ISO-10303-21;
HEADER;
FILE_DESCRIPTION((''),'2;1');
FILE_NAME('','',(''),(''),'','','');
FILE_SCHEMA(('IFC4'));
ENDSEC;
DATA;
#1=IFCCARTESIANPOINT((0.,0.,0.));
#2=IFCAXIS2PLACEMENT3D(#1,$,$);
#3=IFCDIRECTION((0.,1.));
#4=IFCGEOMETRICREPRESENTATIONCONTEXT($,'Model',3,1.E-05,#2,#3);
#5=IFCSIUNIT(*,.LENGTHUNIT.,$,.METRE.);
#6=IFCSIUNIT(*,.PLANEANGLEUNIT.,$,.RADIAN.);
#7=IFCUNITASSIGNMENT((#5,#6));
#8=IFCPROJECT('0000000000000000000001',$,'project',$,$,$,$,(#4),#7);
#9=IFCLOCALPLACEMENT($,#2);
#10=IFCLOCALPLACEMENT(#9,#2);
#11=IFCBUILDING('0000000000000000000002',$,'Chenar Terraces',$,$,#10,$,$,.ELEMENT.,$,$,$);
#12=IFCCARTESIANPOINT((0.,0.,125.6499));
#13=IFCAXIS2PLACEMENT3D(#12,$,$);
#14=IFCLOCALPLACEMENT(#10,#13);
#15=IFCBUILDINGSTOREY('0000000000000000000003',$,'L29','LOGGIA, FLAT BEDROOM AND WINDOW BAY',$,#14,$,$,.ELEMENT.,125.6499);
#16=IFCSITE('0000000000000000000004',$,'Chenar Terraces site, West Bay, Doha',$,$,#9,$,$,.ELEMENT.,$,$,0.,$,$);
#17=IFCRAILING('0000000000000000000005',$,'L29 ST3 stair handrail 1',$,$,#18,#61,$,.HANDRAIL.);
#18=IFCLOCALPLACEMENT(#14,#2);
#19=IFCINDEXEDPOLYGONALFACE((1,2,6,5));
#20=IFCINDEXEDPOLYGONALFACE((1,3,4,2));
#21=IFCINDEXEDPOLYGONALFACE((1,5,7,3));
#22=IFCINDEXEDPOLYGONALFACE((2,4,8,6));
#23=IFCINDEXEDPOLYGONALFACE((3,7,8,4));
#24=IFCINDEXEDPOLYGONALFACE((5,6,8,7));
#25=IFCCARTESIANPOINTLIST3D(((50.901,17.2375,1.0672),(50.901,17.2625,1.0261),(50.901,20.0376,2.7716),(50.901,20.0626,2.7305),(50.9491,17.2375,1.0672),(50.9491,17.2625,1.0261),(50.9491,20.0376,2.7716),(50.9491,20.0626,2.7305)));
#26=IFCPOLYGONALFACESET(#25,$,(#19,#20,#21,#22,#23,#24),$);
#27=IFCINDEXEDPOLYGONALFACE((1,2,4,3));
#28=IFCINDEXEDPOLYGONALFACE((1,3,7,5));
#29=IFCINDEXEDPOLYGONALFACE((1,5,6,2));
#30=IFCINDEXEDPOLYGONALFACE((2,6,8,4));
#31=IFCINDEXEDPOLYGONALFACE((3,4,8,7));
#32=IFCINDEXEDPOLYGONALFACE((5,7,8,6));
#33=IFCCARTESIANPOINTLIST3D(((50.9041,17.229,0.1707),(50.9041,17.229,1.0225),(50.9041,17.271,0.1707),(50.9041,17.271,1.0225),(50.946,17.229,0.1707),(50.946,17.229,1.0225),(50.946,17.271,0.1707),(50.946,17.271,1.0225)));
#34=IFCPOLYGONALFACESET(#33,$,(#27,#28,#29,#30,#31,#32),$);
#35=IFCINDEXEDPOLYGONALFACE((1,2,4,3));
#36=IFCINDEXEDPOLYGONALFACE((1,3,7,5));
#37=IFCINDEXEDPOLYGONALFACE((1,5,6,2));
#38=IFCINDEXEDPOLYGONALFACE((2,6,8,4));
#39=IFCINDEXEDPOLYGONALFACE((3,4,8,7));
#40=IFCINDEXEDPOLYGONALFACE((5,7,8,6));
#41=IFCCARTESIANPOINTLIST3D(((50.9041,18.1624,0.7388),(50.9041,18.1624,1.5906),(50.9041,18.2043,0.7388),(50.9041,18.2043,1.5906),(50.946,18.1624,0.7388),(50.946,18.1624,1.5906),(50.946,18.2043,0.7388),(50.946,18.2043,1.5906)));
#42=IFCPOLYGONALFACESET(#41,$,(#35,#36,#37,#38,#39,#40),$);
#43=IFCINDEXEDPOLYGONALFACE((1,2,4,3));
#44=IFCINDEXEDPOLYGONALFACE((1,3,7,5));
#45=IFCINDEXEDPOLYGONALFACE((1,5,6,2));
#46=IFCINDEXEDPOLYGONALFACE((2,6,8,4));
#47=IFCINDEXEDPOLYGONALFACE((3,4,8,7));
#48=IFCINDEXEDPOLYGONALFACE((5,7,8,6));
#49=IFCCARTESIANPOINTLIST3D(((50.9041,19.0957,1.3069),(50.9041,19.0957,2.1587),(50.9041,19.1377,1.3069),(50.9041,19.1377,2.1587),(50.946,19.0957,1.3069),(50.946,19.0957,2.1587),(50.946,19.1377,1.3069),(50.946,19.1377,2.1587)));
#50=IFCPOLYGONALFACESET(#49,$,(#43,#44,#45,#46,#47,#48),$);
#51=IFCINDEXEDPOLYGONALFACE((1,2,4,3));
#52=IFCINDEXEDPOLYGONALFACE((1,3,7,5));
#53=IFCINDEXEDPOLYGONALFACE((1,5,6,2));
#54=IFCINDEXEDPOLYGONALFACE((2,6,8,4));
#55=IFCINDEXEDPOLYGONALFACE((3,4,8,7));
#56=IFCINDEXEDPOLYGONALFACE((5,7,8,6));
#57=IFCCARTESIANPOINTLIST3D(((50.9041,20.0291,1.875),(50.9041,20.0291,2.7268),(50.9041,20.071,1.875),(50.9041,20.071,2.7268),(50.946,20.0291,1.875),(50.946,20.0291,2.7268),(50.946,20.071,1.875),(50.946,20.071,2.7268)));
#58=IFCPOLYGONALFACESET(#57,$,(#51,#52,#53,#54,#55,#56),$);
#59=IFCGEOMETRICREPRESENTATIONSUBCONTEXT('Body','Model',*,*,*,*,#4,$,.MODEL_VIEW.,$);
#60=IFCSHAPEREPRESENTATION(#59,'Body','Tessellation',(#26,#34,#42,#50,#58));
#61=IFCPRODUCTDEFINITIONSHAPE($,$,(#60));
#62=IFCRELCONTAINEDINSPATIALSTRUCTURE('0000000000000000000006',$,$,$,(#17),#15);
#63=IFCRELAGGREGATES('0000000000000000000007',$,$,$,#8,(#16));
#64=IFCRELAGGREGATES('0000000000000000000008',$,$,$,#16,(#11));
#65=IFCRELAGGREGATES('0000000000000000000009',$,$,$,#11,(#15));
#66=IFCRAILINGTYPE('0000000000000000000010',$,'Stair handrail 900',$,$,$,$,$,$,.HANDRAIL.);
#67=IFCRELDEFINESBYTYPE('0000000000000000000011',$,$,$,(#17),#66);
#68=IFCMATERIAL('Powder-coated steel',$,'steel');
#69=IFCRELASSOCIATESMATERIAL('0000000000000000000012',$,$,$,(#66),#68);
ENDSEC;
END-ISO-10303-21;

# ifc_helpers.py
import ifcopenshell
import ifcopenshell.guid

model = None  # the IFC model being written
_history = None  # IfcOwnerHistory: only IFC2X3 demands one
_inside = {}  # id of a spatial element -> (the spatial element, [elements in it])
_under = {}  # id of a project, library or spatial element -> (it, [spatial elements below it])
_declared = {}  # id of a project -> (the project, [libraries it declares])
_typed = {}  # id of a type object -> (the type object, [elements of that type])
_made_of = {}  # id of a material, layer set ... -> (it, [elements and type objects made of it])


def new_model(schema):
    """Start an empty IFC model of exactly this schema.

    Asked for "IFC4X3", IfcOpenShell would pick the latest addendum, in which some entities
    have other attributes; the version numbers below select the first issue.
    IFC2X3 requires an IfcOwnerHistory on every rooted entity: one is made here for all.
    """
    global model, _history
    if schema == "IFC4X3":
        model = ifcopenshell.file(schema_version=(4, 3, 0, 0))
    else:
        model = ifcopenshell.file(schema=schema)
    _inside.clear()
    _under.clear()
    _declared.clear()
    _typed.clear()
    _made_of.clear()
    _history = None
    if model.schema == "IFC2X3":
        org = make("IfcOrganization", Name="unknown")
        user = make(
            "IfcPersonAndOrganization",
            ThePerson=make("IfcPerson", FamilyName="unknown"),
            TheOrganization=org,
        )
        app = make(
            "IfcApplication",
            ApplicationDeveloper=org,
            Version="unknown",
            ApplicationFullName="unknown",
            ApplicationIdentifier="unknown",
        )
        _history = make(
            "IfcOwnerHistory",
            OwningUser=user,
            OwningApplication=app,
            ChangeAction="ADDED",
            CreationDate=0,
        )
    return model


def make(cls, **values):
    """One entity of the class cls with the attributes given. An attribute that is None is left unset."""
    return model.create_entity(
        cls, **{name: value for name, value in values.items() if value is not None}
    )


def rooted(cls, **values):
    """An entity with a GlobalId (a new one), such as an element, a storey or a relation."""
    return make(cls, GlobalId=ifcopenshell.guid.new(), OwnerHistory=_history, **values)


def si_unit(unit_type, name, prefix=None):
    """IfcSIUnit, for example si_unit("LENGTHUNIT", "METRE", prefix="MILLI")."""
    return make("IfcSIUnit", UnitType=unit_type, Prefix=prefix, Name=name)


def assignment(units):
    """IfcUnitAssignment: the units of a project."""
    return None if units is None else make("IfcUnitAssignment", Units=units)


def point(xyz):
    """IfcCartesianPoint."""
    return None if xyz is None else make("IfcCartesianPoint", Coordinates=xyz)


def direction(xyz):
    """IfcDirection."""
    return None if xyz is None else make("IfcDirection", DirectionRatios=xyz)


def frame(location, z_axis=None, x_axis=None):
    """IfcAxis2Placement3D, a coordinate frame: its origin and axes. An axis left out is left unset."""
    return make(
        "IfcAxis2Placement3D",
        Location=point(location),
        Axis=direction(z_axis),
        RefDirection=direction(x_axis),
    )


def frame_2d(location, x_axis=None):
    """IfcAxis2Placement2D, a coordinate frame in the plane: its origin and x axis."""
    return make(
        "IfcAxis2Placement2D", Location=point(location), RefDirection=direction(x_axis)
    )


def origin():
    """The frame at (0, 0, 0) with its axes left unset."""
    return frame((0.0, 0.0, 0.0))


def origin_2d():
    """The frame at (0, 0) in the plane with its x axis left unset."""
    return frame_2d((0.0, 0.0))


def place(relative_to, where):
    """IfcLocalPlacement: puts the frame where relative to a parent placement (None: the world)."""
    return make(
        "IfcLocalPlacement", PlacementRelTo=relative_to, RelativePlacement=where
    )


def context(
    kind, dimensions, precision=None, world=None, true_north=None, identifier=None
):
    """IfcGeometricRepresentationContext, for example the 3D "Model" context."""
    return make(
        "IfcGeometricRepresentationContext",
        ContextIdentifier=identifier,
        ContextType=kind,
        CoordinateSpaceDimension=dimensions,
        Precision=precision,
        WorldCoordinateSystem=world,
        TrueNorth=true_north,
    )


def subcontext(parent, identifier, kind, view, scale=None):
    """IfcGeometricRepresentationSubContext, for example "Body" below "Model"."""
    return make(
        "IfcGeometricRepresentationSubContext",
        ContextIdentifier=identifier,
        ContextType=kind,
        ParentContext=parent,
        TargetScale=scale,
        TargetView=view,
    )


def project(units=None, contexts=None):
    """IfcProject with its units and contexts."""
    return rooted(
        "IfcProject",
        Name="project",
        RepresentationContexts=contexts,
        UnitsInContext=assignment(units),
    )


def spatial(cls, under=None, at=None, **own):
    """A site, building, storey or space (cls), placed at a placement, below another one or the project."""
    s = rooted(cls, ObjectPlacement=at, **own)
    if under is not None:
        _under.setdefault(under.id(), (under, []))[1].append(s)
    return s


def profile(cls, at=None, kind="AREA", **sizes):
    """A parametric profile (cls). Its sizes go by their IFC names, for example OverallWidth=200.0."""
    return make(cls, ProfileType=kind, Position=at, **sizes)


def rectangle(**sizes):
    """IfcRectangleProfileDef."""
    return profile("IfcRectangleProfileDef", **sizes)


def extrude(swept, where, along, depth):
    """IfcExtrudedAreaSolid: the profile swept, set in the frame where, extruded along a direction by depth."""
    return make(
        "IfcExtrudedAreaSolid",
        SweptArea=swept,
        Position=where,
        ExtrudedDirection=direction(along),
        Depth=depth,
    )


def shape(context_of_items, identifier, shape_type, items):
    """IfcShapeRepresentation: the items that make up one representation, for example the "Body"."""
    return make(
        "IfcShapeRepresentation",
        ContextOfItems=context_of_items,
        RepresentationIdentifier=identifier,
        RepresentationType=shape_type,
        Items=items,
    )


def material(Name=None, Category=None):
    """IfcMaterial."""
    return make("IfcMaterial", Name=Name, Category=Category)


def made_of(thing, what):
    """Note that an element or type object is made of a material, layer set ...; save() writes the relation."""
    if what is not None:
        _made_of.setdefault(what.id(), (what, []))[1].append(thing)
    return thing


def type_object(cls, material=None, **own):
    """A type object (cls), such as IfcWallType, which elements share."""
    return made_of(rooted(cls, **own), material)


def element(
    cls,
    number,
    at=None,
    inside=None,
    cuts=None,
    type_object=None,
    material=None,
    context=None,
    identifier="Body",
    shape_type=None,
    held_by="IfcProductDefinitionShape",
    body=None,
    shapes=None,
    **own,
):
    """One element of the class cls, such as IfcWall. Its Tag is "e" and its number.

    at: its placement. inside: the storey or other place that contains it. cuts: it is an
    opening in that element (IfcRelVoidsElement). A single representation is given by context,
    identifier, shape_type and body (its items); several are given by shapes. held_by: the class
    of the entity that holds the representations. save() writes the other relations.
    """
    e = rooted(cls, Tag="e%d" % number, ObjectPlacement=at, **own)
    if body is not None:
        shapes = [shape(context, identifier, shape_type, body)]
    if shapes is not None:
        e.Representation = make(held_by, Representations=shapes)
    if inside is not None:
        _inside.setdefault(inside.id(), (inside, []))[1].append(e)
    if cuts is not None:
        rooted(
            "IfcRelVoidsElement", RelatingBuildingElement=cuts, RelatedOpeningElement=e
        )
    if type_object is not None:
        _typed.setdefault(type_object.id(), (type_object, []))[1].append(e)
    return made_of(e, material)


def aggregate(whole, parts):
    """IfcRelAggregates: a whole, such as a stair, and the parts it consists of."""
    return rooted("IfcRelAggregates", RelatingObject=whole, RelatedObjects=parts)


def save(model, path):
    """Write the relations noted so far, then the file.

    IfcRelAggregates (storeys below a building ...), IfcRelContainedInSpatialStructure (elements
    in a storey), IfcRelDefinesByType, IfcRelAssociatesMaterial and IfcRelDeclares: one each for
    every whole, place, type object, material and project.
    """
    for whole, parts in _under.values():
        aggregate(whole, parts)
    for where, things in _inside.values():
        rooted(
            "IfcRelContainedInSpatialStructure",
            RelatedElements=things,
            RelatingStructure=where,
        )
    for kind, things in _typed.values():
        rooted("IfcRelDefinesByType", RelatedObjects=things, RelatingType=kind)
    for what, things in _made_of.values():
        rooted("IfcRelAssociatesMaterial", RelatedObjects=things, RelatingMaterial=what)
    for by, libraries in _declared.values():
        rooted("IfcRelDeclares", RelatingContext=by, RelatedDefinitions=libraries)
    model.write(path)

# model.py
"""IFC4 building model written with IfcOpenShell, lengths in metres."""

from ifc_helpers import new_model, si_unit, direction, frame, origin, origin_2d, place, context, subcontext, project, spatial, rectangle, extrude, material, type_object, element, save


model = new_model("IFC4")

# Units and contexts
model_context = context("Model", 3, precision=1e-05, world=origin(), true_north=direction((0.0, 1.0)))
body_context = subcontext(model_context, "Body", "Model", "MODEL_VIEW")
ifc_project = project(units=[si_unit("LENGTHUNIT", "METRE"), si_unit("PLANEANGLEUNIT", "RADIAN")], contexts=[model_context])

# Site, building, storey
site_placement = place(None, origin())
site = spatial("IfcSite", under=ifc_project, at=site_placement, Name="Chenar Terraces site, West Bay, Doha", CompositionType="ELEMENT", RefElevation=0.0)
building_placement = place(site_placement, origin())
building = spatial("IfcBuilding", under=site, at=building_placement, Name="Chenar Terraces", CompositionType="ELEMENT")
storey_placement = place(building_placement, frame((0.0, 0.0, 125.6499)))
storey = spatial("IfcBuildingStorey", under=building, at=storey_placement, Name="L29", Description="LOGGIA, FLAT BEDROOM AND WINDOW BAY", CompositionType="ELEMENT", Elevation=125.6499)

# Railing
ifc_material_1 = material(Name="Powder-coated steel", Category="steel")
railing_type_1 = type_object("IfcRailingType", Name="Stair handrail 900", PredefinedType="HANDRAIL", material=ifc_material_1)
railing_1_placement = place(storey_placement, frame((50.925, 17.25, 0.1707)))
element("IfcRailing", 1, at=railing_1_placement, inside=storey, type_object=railing_type_1, Name="L29 ST3 stair handrail 1", PredefinedType="HANDRAIL", context=body_context, shape_type="SweptSolid", body=[
    extrude(rectangle(XDim=0.0481, YDim=0.0481, at=origin_2d()), frame((0.0, 0.0, 0.876), z_axis=(0.0, 0.854203, 0.51994), x_axis=(-1.0, 0.0, 0.0)), (0.0, 0.0, 1.0), 3.2781),
    extrude(rectangle(XDim=0.042, YDim=0.042, at=origin_2d()), origin(), (0.0, 0.0, 1.0), 0.8518),
    extrude(rectangle(XDim=0.042, YDim=0.042, at=origin_2d()), frame((0.0, 0.9333, 0.5681)), (0.0, 0.0, 1.0), 0.8518),
    extrude(rectangle(XDim=0.042, YDim=0.042, at=origin_2d()), frame((0.0, 1.8667, 1.1362)), (0.0, 0.0, 1.0), 0.8518),
    extrude(rectangle(XDim=0.042, YDim=0.042, at=origin_2d()), frame((0.0, 2.8, 1.7043)), (0.0, 0.0, 1.0), 0.8518),
])

save(model, "model.ifc")
